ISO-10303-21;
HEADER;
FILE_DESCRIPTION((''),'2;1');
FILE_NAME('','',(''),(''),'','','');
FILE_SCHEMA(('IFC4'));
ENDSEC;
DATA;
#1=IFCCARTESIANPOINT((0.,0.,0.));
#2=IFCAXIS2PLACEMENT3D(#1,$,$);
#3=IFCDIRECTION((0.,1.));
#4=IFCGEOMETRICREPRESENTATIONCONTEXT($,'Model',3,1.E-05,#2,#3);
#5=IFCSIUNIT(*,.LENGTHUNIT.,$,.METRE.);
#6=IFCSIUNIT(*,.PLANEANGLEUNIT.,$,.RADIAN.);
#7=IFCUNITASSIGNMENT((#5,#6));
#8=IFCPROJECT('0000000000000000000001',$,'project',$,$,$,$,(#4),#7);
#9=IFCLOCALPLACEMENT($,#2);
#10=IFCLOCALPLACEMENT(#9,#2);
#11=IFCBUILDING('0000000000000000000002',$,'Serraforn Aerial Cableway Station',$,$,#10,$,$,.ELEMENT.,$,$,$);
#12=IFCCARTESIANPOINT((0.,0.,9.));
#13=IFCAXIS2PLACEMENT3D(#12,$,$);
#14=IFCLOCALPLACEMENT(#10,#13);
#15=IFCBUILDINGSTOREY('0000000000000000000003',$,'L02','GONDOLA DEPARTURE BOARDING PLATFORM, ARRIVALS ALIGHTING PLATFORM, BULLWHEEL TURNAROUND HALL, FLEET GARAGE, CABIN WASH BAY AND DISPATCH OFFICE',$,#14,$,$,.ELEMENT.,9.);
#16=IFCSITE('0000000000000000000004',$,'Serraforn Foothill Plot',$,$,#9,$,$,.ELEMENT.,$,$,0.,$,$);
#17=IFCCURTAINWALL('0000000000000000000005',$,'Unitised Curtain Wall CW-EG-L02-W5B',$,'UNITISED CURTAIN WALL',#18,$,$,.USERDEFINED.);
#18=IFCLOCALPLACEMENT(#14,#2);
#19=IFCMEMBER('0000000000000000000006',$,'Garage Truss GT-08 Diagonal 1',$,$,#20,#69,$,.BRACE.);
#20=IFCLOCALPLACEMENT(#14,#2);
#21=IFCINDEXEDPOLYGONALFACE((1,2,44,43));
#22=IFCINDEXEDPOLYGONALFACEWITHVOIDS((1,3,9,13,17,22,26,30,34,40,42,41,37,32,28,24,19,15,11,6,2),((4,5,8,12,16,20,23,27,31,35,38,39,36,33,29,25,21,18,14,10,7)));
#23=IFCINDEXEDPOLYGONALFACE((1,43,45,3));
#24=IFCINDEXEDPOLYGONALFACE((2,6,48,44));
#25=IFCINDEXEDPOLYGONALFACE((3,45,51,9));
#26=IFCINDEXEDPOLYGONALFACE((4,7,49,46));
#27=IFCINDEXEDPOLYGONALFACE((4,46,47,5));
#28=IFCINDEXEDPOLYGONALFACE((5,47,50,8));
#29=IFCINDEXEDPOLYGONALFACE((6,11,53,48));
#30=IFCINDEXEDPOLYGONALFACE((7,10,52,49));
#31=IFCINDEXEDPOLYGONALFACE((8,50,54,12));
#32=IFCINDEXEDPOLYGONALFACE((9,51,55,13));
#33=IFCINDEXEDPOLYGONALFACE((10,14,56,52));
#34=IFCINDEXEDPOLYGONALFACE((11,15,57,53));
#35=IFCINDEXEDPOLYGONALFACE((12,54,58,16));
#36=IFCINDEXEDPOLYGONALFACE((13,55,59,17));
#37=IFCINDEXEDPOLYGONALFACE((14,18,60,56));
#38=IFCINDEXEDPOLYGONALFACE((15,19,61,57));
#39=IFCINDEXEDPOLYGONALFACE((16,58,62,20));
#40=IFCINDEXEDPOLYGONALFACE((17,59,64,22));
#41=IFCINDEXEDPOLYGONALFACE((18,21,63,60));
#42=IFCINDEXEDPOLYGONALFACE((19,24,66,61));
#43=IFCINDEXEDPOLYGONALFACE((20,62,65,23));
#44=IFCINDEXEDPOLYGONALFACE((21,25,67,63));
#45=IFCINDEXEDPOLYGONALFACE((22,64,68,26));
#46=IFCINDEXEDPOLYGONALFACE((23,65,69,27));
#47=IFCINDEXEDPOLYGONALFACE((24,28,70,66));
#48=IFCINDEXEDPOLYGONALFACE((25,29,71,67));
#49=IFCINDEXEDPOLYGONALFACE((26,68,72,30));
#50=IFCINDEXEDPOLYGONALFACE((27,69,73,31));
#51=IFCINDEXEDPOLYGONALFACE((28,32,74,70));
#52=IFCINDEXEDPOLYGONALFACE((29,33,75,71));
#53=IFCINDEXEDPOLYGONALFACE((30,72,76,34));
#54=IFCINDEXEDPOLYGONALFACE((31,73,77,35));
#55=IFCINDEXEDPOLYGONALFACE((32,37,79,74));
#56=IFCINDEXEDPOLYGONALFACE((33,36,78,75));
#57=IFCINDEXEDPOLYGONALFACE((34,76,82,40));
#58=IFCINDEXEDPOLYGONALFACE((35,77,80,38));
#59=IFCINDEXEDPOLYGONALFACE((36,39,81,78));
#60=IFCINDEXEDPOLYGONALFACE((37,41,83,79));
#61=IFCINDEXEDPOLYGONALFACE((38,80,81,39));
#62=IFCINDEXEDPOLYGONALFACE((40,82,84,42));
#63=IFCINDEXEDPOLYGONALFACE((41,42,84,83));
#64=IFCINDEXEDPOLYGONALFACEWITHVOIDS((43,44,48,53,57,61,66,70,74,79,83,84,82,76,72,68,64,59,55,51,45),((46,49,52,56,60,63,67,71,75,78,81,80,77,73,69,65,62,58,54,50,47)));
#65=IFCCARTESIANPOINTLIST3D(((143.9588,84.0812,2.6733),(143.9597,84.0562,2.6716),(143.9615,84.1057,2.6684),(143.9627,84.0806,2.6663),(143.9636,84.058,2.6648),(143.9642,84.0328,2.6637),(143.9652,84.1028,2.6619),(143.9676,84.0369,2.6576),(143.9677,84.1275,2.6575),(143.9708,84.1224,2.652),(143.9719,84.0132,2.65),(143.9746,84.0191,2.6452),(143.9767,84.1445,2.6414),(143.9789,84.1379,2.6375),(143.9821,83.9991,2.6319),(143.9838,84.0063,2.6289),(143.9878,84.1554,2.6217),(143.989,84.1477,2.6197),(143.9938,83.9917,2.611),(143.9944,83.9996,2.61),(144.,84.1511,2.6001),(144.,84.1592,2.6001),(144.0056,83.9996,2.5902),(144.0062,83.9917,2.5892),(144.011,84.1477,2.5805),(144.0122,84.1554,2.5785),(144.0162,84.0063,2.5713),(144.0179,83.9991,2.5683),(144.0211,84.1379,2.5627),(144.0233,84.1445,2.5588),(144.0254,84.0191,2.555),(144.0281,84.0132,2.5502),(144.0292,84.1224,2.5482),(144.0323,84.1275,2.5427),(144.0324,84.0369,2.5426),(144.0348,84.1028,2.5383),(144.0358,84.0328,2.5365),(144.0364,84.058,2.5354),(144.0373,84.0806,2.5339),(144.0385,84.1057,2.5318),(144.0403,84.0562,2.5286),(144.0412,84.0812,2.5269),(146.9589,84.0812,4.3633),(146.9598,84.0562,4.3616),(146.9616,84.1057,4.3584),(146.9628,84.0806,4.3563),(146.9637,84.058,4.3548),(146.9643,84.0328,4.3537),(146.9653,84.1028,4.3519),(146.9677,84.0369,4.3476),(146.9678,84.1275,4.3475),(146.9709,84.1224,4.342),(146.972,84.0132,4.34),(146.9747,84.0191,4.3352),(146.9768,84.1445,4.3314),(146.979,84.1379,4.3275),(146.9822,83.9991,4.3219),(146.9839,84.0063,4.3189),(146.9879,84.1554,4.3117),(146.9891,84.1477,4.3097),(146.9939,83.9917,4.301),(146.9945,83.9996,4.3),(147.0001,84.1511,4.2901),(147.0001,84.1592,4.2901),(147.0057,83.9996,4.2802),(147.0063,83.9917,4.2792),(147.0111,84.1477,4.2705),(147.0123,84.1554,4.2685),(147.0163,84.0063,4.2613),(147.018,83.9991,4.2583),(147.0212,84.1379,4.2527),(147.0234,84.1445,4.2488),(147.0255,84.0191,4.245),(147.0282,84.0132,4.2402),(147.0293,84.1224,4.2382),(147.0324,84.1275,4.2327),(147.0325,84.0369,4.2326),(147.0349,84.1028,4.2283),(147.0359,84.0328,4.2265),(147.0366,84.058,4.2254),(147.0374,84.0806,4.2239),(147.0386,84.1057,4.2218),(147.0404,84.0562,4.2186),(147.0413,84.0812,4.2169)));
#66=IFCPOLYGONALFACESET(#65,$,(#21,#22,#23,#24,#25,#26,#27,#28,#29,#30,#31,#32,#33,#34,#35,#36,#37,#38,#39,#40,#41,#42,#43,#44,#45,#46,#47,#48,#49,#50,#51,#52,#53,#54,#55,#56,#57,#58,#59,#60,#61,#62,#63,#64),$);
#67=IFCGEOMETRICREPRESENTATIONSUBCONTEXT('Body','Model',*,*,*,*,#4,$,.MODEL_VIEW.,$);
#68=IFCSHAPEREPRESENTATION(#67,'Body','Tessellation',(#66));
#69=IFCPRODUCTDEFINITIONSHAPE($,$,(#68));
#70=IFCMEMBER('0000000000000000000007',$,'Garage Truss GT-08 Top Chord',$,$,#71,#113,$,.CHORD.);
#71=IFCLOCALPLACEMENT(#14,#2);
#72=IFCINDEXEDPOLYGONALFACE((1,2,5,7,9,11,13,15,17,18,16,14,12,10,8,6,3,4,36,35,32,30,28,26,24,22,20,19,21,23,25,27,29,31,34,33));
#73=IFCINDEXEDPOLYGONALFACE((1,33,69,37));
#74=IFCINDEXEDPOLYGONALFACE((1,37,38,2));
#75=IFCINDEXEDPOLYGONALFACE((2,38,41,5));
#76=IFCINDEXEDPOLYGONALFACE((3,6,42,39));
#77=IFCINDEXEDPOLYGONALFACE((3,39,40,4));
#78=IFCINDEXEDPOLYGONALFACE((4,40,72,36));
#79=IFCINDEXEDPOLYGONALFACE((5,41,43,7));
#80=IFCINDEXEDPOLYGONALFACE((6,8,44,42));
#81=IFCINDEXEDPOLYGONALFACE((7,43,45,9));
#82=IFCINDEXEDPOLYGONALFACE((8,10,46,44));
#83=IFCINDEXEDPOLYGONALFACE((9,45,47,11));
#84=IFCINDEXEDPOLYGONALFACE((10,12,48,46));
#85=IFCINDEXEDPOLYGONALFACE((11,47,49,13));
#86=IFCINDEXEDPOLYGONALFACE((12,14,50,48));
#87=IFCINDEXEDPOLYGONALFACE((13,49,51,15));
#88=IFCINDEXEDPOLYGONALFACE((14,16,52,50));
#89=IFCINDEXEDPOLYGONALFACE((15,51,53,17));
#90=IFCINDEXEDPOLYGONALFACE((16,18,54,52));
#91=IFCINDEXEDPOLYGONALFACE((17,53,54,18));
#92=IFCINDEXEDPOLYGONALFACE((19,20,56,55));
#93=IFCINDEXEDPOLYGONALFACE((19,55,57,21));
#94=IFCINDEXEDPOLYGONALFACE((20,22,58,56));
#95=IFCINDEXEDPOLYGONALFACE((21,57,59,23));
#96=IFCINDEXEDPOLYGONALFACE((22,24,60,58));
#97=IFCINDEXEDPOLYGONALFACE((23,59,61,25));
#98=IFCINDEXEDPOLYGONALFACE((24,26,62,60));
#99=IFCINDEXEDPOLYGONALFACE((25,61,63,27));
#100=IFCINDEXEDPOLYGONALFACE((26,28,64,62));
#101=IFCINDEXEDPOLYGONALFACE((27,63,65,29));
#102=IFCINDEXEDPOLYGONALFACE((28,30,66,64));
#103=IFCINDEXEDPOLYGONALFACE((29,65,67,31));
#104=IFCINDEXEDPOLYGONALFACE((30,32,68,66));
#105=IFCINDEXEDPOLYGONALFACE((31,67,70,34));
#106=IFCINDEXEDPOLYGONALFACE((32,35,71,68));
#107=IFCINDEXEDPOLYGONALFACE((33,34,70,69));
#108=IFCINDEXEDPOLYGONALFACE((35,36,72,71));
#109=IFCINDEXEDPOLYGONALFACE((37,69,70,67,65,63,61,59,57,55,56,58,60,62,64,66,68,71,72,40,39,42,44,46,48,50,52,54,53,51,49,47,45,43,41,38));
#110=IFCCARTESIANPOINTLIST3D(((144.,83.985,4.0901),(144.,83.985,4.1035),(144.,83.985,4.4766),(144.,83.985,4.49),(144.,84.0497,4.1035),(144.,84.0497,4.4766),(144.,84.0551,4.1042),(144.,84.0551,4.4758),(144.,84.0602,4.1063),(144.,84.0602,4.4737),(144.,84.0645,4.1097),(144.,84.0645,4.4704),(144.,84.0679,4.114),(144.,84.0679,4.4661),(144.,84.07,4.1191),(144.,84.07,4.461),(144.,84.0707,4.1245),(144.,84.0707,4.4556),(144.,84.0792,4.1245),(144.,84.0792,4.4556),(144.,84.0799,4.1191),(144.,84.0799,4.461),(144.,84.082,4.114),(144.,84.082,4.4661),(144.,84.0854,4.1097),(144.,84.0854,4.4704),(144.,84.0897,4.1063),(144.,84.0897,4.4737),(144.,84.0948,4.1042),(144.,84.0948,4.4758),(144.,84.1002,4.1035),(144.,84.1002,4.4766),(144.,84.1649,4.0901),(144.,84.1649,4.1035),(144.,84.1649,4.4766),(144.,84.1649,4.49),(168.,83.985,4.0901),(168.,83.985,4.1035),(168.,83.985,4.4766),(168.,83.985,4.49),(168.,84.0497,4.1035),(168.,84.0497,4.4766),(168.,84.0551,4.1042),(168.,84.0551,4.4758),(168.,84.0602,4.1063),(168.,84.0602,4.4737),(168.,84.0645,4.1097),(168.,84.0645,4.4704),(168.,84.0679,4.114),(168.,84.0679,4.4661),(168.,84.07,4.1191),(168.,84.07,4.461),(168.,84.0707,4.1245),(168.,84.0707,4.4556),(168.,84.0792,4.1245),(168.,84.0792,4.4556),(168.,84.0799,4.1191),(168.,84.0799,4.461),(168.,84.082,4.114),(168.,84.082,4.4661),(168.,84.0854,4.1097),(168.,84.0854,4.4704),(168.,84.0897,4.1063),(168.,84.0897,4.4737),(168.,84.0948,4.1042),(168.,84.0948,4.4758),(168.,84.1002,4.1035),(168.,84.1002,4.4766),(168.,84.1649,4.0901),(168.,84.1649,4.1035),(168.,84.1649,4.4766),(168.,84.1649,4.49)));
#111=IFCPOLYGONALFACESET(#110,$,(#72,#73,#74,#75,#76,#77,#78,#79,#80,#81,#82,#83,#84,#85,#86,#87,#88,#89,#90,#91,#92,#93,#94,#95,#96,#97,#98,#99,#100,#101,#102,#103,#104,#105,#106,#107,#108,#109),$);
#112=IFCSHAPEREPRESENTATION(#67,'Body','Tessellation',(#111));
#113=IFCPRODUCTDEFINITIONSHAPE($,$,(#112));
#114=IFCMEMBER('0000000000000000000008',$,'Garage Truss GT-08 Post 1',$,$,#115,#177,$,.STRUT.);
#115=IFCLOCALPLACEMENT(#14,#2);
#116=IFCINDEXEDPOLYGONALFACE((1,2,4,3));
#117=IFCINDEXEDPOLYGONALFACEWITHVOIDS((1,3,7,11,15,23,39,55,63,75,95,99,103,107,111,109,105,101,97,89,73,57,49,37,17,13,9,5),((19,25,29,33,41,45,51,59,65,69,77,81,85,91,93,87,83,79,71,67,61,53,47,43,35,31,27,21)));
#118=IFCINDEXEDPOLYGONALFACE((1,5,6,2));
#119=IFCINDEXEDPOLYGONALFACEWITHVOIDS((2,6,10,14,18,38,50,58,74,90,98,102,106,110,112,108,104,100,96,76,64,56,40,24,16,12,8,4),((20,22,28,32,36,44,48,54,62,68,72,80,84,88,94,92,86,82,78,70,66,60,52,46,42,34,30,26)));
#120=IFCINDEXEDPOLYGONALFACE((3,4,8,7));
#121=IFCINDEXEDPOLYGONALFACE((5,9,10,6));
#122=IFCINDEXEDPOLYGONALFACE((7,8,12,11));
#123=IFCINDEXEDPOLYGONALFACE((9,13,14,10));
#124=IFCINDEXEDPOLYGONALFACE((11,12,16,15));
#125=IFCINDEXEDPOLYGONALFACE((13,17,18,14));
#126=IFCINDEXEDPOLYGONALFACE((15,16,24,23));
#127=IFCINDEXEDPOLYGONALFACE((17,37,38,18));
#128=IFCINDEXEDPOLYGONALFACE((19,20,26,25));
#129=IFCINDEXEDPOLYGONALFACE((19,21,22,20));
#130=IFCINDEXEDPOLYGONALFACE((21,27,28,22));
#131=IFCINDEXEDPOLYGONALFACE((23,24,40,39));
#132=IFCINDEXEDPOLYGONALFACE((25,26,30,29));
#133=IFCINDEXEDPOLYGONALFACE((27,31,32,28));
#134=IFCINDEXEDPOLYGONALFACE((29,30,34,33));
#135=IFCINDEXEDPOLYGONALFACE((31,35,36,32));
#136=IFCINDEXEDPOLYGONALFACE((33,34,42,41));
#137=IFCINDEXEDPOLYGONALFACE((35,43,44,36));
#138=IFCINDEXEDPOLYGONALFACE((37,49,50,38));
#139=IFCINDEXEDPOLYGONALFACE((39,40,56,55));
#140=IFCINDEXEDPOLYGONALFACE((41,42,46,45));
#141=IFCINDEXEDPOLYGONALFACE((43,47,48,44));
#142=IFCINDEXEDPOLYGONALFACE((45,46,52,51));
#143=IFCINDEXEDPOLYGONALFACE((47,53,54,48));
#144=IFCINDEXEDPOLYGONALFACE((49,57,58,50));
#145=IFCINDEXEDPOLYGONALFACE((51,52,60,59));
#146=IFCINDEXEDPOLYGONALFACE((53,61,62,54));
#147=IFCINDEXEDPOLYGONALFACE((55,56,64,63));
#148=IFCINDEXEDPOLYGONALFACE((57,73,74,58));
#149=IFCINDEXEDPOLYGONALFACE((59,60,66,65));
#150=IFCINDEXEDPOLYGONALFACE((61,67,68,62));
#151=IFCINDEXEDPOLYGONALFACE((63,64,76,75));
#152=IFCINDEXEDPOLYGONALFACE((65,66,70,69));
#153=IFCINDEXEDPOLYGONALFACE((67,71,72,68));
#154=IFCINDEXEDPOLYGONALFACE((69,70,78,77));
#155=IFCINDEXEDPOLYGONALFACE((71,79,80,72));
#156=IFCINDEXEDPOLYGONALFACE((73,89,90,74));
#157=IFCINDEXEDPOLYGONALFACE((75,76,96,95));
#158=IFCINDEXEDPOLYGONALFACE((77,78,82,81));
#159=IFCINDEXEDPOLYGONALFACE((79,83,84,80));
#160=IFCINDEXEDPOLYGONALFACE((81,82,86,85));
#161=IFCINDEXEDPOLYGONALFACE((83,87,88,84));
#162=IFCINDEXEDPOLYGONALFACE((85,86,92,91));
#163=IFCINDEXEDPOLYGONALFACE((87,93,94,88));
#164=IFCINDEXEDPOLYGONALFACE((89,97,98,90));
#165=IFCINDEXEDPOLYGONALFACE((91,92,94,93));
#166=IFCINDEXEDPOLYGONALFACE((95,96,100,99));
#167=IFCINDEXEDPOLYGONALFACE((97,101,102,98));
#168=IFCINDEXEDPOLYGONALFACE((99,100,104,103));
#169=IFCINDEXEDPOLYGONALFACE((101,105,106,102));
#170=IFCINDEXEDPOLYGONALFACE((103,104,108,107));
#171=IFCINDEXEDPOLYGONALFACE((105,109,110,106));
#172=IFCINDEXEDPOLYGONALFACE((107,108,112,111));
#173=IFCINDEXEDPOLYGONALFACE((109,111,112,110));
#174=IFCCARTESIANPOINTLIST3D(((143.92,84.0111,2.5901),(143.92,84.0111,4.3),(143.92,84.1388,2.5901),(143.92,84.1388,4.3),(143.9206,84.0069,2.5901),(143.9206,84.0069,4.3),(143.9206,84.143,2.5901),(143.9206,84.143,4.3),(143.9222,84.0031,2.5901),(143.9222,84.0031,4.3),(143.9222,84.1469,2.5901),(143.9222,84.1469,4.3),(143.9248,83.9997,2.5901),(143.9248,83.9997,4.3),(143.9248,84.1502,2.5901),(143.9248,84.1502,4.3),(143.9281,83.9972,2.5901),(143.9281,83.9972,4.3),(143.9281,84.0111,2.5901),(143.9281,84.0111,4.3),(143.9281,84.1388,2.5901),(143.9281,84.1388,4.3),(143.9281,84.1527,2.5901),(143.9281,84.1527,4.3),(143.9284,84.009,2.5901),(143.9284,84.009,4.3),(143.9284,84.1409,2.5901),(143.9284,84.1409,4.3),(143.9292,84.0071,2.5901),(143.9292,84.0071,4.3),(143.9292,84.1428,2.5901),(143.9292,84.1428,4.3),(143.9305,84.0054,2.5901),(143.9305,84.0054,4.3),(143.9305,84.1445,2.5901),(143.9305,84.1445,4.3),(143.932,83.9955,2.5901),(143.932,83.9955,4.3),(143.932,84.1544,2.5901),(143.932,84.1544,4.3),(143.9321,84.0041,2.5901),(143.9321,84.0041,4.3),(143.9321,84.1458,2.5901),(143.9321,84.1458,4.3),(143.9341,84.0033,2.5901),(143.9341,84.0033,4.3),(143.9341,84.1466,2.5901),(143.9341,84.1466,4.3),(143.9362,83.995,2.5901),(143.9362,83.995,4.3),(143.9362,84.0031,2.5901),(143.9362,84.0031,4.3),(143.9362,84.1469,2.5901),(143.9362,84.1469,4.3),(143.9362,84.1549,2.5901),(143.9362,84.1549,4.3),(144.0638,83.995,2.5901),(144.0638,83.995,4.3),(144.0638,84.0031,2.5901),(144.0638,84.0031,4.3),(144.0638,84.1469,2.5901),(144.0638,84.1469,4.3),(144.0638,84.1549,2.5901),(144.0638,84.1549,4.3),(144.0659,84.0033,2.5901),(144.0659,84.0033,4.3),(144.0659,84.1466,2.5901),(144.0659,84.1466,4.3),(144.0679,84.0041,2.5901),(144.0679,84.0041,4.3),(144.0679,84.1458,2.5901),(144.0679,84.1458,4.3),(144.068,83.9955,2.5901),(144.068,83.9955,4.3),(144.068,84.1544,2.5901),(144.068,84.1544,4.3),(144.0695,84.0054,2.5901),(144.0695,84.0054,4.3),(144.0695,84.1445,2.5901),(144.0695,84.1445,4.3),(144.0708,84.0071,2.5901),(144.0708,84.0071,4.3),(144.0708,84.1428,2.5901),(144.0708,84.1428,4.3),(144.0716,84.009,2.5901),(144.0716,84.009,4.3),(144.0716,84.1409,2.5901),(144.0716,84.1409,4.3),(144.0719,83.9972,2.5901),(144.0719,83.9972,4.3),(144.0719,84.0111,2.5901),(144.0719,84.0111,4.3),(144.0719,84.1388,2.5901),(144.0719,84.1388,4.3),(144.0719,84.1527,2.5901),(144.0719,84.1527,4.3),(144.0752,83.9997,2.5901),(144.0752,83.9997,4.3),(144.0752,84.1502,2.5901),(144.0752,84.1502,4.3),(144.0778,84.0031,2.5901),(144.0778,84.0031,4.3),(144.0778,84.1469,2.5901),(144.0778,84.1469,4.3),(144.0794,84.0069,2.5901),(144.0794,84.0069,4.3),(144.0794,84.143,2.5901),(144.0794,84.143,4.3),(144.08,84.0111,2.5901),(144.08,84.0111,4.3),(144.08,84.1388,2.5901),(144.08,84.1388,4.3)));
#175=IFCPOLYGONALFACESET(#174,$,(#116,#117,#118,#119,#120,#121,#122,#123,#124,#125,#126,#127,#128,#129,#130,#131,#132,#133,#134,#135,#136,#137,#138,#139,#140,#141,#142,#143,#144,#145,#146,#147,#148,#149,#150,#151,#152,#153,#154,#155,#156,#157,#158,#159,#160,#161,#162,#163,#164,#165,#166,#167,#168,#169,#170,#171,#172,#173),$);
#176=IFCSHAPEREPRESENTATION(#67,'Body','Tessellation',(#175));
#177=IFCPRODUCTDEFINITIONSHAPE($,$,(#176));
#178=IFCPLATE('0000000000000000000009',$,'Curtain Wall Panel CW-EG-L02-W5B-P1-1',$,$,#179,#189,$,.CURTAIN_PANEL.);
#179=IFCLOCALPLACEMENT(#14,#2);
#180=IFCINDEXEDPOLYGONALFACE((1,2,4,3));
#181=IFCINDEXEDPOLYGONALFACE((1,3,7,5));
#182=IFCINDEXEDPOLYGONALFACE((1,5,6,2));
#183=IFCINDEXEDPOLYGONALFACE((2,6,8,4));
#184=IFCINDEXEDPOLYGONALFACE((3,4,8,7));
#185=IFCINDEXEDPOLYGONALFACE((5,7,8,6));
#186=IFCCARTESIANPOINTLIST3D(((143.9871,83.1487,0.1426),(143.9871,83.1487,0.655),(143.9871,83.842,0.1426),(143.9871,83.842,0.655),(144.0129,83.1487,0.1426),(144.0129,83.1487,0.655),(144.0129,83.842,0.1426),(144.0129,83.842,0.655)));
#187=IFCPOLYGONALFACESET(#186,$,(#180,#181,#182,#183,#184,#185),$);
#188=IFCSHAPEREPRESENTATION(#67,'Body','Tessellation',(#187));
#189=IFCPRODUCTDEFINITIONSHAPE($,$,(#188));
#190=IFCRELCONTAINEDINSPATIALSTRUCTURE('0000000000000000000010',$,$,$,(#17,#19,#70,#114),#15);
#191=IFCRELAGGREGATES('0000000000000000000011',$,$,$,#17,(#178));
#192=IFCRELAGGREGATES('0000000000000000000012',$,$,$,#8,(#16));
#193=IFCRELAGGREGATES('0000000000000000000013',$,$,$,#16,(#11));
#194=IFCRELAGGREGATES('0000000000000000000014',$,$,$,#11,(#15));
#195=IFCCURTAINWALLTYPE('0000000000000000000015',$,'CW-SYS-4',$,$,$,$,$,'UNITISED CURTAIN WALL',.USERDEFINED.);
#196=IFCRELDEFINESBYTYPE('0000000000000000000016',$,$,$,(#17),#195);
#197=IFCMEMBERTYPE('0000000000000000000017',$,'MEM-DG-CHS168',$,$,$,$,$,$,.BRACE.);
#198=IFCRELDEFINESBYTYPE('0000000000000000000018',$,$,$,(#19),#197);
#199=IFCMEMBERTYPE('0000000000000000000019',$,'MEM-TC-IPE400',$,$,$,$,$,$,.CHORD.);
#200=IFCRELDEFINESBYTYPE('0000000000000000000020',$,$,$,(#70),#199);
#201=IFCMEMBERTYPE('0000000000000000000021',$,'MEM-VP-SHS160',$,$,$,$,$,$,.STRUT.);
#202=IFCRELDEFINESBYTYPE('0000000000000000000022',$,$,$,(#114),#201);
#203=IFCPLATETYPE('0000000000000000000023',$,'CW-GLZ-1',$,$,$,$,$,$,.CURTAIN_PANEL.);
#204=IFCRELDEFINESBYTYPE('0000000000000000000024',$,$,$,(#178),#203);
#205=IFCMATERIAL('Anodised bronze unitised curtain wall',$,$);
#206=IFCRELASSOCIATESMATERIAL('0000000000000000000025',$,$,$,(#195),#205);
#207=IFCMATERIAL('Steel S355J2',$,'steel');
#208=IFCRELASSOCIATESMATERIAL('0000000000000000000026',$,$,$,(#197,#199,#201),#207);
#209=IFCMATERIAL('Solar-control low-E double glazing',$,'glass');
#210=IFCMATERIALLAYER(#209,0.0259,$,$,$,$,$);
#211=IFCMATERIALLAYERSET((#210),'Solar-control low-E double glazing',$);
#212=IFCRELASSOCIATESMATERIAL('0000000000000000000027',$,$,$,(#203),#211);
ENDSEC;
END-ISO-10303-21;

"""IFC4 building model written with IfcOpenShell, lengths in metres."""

from ifc_helpers import new_model, si_unit, direction, frame, origin, origin_2d, place, context, subcontext, project, spatial, rectangle, hollow_rectangle, hollow_circle, i_section, extrude, material, layer, layer_set, material_profile, profile_set, type_object, element, aggregate, save


model = new_model("IFC4")

# Units and contexts
model_context = context("Model", 3, precision=1e-05, world=origin(), true_north=direction((0.0, 1.0)))
body_context = subcontext(model_context, "Body", "Model", "MODEL_VIEW")
ifc_project = project(units=[si_unit("LENGTHUNIT", "METRE"), si_unit("PLANEANGLEUNIT", "RADIAN")], contexts=[model_context])

# Site, building, storey
site_placement = place(None, origin())
site = spatial("IfcSite", under=ifc_project, at=site_placement, Name="Serraforn Foothill Plot", CompositionType="ELEMENT", RefElevation=0.0)
building_placement = place(site_placement, origin())
building = spatial("IfcBuilding", under=site, at=building_placement, Name="Serraforn Aerial Cableway Station", CompositionType="ELEMENT")
storey_placement = place(building_placement, frame((0.0, 0.0, 9.0)))
storey = spatial("IfcBuildingStorey", under=building, at=storey_placement, Name="L02", Description="GONDOLA DEPARTURE BOARDING PLATFORM, ARRIVALS ALIGHTING PLATFORM, BULLWHEEL TURNAROUND HALL, FLEET GARAGE, CABIN WASH BAY AND DISPATCH OFFICE", CompositionType="ELEMENT", Elevation=9.0)

# Curtain wall
ifc_material_1 = material(Name="Anodised bronze unitised curtain wall")
curtain_wall_type = type_object("IfcCurtainWallType", Name="CW-SYS-4", ElementType="UNITISED CURTAIN WALL", PredefinedType="USERDEFINED", material=ifc_material_1)
curtain_wall_placement = place(storey_placement, origin())
curtain_wall = element("IfcCurtainWall", 1, at=curtain_wall_placement, inside=storey, type_object=curtain_wall_type, Name="Unitised Curtain Wall CW-EG-L02-W5B", ObjectType="UNITISED CURTAIN WALL", PredefinedType="USERDEFINED")

# Members
ifc_material_2 = material(Name="Steel S355J2", Category="steel")
ifc_material_profile_1 = material_profile(ifc_material_2, hollow_circle(Radius=0.0842, WallThickness=0.0081, at=origin_2d()), Name="CHS 168.3x8.0")
ifc_profile_set_1 = profile_set([ifc_material_profile_1], Name="Steel S355J2")
member_type_1 = type_object("IfcMemberType", Name="MEM-DG-CHS168", PredefinedType="BRACE", material=ifc_profile_set_1)
member_1_placement = place(storey_placement, frame((144.0, 84.075, 2.6001), z_axis=(0.871272, 0.0, 0.4908), x_axis=(0.0, 1.0, 0.0)))
element("IfcMember", 2, at=member_1_placement, inside=storey, type_object=member_type_1, Name="Garage Truss GT-08 Diagonal 1", PredefinedType="BRACE", context=body_context, shape_type="SweptSolid", body=[
    extrude(hollow_circle(Radius=0.0842, WallThickness=0.0081, at=origin_2d()), origin(), (0.0, 0.0, 1.0), 3.4434),
])
ifc_material_profile_2 = material_profile(ifc_material_2, i_section(OverallWidth=0.1799, OverallDepth=0.3999, WebThickness=0.0085, FlangeThickness=0.0134, FilletRadius=0.021, at=origin_2d()), Name="IPE 400")
ifc_profile_set_2 = profile_set([ifc_material_profile_2], Name="Steel S355J2")
member_type_2 = type_object("IfcMemberType", Name="MEM-TC-IPE400", PredefinedType="CHORD", material=ifc_profile_set_2)
member_2_placement = place(storey_placement, frame((144.0, 84.075, 4.29), z_axis=(1.0, 0.0, 0.0), x_axis=(0.0, 1.0, 0.0)))
element("IfcMember", 3, at=member_2_placement, inside=storey, type_object=member_type_2, Name="Garage Truss GT-08 Top Chord", PredefinedType="CHORD", context=body_context, shape_type="SweptSolid", body=[
    extrude(i_section(OverallWidth=0.1799, OverallDepth=0.3999, WebThickness=0.0085, FlangeThickness=0.0134, FilletRadius=0.021, at=origin_2d()), origin(), (0.0, 0.0, 1.0), 24.0),
])
ifc_material_profile_3 = material_profile(ifc_material_2, hollow_rectangle(XDim=0.1599, YDim=0.1599, WallThickness=0.0081, InnerFilletRadius=0.0081, OuterFilletRadius=0.0161, at=origin_2d()), Name="SHS 160x160x8.0")
ifc_profile_set_3 = profile_set([ifc_material_profile_3], Name="Steel S355J2")
member_type_3 = type_object("IfcMemberType", Name="MEM-VP-SHS160", PredefinedType="STRUT", material=ifc_profile_set_3)
member_3_placement = place(storey_placement, frame((144.0, 84.075, 2.5901), z_axis=(0.0, 0.0, 1.0), x_axis=(1.0, 0.0, 0.0)))
element("IfcMember", 4, at=member_3_placement, inside=storey, type_object=member_type_3, Name="Garage Truss GT-08 Post 1", PredefinedType="STRUT", context=body_context, shape_type="SweptSolid", body=[
    extrude(hollow_rectangle(XDim=0.1599, YDim=0.1599, WallThickness=0.0081, InnerFilletRadius=0.0081, OuterFilletRadius=0.0161, at=origin_2d()), origin(), (0.0, 0.0, 1.0), 1.71),
])

# Plate
ifc_material_3 = material(Name="Solar-control low-E double glazing", Category="glass")
ifc_layer_1 = layer(ifc_material_3, 0.0259)
ifc_layer_set_1 = layer_set([ifc_layer_1], Name="Solar-control low-E double glazing")
plate_type_1 = type_object("IfcPlateType", Name="CW-GLZ-1", PredefinedType="CURTAIN_PANEL", material=ifc_layer_set_1)
plate_1_placement = place(storey_placement, frame((144.0, 83.4954, 0.1426), z_axis=(0.0, 0.0, 1.0), x_axis=(1.0, 0.0, 0.0)))
plate_1 = element("IfcPlate", 5, at=plate_1_placement, type_object=plate_type_1, Name="Curtain Wall Panel CW-EG-L02-W5B-P1-1", PredefinedType="CURTAIN_PANEL", context=body_context, shape_type="SweptSolid", body=[
    extrude(rectangle(XDim=0.0259, YDim=0.6934, at=origin_2d()), origin(), (0.0, 0.0, 1.0), 0.5125),
])
aggregate(curtain_wall, [plate_1])

save(model, "model.ifc")
